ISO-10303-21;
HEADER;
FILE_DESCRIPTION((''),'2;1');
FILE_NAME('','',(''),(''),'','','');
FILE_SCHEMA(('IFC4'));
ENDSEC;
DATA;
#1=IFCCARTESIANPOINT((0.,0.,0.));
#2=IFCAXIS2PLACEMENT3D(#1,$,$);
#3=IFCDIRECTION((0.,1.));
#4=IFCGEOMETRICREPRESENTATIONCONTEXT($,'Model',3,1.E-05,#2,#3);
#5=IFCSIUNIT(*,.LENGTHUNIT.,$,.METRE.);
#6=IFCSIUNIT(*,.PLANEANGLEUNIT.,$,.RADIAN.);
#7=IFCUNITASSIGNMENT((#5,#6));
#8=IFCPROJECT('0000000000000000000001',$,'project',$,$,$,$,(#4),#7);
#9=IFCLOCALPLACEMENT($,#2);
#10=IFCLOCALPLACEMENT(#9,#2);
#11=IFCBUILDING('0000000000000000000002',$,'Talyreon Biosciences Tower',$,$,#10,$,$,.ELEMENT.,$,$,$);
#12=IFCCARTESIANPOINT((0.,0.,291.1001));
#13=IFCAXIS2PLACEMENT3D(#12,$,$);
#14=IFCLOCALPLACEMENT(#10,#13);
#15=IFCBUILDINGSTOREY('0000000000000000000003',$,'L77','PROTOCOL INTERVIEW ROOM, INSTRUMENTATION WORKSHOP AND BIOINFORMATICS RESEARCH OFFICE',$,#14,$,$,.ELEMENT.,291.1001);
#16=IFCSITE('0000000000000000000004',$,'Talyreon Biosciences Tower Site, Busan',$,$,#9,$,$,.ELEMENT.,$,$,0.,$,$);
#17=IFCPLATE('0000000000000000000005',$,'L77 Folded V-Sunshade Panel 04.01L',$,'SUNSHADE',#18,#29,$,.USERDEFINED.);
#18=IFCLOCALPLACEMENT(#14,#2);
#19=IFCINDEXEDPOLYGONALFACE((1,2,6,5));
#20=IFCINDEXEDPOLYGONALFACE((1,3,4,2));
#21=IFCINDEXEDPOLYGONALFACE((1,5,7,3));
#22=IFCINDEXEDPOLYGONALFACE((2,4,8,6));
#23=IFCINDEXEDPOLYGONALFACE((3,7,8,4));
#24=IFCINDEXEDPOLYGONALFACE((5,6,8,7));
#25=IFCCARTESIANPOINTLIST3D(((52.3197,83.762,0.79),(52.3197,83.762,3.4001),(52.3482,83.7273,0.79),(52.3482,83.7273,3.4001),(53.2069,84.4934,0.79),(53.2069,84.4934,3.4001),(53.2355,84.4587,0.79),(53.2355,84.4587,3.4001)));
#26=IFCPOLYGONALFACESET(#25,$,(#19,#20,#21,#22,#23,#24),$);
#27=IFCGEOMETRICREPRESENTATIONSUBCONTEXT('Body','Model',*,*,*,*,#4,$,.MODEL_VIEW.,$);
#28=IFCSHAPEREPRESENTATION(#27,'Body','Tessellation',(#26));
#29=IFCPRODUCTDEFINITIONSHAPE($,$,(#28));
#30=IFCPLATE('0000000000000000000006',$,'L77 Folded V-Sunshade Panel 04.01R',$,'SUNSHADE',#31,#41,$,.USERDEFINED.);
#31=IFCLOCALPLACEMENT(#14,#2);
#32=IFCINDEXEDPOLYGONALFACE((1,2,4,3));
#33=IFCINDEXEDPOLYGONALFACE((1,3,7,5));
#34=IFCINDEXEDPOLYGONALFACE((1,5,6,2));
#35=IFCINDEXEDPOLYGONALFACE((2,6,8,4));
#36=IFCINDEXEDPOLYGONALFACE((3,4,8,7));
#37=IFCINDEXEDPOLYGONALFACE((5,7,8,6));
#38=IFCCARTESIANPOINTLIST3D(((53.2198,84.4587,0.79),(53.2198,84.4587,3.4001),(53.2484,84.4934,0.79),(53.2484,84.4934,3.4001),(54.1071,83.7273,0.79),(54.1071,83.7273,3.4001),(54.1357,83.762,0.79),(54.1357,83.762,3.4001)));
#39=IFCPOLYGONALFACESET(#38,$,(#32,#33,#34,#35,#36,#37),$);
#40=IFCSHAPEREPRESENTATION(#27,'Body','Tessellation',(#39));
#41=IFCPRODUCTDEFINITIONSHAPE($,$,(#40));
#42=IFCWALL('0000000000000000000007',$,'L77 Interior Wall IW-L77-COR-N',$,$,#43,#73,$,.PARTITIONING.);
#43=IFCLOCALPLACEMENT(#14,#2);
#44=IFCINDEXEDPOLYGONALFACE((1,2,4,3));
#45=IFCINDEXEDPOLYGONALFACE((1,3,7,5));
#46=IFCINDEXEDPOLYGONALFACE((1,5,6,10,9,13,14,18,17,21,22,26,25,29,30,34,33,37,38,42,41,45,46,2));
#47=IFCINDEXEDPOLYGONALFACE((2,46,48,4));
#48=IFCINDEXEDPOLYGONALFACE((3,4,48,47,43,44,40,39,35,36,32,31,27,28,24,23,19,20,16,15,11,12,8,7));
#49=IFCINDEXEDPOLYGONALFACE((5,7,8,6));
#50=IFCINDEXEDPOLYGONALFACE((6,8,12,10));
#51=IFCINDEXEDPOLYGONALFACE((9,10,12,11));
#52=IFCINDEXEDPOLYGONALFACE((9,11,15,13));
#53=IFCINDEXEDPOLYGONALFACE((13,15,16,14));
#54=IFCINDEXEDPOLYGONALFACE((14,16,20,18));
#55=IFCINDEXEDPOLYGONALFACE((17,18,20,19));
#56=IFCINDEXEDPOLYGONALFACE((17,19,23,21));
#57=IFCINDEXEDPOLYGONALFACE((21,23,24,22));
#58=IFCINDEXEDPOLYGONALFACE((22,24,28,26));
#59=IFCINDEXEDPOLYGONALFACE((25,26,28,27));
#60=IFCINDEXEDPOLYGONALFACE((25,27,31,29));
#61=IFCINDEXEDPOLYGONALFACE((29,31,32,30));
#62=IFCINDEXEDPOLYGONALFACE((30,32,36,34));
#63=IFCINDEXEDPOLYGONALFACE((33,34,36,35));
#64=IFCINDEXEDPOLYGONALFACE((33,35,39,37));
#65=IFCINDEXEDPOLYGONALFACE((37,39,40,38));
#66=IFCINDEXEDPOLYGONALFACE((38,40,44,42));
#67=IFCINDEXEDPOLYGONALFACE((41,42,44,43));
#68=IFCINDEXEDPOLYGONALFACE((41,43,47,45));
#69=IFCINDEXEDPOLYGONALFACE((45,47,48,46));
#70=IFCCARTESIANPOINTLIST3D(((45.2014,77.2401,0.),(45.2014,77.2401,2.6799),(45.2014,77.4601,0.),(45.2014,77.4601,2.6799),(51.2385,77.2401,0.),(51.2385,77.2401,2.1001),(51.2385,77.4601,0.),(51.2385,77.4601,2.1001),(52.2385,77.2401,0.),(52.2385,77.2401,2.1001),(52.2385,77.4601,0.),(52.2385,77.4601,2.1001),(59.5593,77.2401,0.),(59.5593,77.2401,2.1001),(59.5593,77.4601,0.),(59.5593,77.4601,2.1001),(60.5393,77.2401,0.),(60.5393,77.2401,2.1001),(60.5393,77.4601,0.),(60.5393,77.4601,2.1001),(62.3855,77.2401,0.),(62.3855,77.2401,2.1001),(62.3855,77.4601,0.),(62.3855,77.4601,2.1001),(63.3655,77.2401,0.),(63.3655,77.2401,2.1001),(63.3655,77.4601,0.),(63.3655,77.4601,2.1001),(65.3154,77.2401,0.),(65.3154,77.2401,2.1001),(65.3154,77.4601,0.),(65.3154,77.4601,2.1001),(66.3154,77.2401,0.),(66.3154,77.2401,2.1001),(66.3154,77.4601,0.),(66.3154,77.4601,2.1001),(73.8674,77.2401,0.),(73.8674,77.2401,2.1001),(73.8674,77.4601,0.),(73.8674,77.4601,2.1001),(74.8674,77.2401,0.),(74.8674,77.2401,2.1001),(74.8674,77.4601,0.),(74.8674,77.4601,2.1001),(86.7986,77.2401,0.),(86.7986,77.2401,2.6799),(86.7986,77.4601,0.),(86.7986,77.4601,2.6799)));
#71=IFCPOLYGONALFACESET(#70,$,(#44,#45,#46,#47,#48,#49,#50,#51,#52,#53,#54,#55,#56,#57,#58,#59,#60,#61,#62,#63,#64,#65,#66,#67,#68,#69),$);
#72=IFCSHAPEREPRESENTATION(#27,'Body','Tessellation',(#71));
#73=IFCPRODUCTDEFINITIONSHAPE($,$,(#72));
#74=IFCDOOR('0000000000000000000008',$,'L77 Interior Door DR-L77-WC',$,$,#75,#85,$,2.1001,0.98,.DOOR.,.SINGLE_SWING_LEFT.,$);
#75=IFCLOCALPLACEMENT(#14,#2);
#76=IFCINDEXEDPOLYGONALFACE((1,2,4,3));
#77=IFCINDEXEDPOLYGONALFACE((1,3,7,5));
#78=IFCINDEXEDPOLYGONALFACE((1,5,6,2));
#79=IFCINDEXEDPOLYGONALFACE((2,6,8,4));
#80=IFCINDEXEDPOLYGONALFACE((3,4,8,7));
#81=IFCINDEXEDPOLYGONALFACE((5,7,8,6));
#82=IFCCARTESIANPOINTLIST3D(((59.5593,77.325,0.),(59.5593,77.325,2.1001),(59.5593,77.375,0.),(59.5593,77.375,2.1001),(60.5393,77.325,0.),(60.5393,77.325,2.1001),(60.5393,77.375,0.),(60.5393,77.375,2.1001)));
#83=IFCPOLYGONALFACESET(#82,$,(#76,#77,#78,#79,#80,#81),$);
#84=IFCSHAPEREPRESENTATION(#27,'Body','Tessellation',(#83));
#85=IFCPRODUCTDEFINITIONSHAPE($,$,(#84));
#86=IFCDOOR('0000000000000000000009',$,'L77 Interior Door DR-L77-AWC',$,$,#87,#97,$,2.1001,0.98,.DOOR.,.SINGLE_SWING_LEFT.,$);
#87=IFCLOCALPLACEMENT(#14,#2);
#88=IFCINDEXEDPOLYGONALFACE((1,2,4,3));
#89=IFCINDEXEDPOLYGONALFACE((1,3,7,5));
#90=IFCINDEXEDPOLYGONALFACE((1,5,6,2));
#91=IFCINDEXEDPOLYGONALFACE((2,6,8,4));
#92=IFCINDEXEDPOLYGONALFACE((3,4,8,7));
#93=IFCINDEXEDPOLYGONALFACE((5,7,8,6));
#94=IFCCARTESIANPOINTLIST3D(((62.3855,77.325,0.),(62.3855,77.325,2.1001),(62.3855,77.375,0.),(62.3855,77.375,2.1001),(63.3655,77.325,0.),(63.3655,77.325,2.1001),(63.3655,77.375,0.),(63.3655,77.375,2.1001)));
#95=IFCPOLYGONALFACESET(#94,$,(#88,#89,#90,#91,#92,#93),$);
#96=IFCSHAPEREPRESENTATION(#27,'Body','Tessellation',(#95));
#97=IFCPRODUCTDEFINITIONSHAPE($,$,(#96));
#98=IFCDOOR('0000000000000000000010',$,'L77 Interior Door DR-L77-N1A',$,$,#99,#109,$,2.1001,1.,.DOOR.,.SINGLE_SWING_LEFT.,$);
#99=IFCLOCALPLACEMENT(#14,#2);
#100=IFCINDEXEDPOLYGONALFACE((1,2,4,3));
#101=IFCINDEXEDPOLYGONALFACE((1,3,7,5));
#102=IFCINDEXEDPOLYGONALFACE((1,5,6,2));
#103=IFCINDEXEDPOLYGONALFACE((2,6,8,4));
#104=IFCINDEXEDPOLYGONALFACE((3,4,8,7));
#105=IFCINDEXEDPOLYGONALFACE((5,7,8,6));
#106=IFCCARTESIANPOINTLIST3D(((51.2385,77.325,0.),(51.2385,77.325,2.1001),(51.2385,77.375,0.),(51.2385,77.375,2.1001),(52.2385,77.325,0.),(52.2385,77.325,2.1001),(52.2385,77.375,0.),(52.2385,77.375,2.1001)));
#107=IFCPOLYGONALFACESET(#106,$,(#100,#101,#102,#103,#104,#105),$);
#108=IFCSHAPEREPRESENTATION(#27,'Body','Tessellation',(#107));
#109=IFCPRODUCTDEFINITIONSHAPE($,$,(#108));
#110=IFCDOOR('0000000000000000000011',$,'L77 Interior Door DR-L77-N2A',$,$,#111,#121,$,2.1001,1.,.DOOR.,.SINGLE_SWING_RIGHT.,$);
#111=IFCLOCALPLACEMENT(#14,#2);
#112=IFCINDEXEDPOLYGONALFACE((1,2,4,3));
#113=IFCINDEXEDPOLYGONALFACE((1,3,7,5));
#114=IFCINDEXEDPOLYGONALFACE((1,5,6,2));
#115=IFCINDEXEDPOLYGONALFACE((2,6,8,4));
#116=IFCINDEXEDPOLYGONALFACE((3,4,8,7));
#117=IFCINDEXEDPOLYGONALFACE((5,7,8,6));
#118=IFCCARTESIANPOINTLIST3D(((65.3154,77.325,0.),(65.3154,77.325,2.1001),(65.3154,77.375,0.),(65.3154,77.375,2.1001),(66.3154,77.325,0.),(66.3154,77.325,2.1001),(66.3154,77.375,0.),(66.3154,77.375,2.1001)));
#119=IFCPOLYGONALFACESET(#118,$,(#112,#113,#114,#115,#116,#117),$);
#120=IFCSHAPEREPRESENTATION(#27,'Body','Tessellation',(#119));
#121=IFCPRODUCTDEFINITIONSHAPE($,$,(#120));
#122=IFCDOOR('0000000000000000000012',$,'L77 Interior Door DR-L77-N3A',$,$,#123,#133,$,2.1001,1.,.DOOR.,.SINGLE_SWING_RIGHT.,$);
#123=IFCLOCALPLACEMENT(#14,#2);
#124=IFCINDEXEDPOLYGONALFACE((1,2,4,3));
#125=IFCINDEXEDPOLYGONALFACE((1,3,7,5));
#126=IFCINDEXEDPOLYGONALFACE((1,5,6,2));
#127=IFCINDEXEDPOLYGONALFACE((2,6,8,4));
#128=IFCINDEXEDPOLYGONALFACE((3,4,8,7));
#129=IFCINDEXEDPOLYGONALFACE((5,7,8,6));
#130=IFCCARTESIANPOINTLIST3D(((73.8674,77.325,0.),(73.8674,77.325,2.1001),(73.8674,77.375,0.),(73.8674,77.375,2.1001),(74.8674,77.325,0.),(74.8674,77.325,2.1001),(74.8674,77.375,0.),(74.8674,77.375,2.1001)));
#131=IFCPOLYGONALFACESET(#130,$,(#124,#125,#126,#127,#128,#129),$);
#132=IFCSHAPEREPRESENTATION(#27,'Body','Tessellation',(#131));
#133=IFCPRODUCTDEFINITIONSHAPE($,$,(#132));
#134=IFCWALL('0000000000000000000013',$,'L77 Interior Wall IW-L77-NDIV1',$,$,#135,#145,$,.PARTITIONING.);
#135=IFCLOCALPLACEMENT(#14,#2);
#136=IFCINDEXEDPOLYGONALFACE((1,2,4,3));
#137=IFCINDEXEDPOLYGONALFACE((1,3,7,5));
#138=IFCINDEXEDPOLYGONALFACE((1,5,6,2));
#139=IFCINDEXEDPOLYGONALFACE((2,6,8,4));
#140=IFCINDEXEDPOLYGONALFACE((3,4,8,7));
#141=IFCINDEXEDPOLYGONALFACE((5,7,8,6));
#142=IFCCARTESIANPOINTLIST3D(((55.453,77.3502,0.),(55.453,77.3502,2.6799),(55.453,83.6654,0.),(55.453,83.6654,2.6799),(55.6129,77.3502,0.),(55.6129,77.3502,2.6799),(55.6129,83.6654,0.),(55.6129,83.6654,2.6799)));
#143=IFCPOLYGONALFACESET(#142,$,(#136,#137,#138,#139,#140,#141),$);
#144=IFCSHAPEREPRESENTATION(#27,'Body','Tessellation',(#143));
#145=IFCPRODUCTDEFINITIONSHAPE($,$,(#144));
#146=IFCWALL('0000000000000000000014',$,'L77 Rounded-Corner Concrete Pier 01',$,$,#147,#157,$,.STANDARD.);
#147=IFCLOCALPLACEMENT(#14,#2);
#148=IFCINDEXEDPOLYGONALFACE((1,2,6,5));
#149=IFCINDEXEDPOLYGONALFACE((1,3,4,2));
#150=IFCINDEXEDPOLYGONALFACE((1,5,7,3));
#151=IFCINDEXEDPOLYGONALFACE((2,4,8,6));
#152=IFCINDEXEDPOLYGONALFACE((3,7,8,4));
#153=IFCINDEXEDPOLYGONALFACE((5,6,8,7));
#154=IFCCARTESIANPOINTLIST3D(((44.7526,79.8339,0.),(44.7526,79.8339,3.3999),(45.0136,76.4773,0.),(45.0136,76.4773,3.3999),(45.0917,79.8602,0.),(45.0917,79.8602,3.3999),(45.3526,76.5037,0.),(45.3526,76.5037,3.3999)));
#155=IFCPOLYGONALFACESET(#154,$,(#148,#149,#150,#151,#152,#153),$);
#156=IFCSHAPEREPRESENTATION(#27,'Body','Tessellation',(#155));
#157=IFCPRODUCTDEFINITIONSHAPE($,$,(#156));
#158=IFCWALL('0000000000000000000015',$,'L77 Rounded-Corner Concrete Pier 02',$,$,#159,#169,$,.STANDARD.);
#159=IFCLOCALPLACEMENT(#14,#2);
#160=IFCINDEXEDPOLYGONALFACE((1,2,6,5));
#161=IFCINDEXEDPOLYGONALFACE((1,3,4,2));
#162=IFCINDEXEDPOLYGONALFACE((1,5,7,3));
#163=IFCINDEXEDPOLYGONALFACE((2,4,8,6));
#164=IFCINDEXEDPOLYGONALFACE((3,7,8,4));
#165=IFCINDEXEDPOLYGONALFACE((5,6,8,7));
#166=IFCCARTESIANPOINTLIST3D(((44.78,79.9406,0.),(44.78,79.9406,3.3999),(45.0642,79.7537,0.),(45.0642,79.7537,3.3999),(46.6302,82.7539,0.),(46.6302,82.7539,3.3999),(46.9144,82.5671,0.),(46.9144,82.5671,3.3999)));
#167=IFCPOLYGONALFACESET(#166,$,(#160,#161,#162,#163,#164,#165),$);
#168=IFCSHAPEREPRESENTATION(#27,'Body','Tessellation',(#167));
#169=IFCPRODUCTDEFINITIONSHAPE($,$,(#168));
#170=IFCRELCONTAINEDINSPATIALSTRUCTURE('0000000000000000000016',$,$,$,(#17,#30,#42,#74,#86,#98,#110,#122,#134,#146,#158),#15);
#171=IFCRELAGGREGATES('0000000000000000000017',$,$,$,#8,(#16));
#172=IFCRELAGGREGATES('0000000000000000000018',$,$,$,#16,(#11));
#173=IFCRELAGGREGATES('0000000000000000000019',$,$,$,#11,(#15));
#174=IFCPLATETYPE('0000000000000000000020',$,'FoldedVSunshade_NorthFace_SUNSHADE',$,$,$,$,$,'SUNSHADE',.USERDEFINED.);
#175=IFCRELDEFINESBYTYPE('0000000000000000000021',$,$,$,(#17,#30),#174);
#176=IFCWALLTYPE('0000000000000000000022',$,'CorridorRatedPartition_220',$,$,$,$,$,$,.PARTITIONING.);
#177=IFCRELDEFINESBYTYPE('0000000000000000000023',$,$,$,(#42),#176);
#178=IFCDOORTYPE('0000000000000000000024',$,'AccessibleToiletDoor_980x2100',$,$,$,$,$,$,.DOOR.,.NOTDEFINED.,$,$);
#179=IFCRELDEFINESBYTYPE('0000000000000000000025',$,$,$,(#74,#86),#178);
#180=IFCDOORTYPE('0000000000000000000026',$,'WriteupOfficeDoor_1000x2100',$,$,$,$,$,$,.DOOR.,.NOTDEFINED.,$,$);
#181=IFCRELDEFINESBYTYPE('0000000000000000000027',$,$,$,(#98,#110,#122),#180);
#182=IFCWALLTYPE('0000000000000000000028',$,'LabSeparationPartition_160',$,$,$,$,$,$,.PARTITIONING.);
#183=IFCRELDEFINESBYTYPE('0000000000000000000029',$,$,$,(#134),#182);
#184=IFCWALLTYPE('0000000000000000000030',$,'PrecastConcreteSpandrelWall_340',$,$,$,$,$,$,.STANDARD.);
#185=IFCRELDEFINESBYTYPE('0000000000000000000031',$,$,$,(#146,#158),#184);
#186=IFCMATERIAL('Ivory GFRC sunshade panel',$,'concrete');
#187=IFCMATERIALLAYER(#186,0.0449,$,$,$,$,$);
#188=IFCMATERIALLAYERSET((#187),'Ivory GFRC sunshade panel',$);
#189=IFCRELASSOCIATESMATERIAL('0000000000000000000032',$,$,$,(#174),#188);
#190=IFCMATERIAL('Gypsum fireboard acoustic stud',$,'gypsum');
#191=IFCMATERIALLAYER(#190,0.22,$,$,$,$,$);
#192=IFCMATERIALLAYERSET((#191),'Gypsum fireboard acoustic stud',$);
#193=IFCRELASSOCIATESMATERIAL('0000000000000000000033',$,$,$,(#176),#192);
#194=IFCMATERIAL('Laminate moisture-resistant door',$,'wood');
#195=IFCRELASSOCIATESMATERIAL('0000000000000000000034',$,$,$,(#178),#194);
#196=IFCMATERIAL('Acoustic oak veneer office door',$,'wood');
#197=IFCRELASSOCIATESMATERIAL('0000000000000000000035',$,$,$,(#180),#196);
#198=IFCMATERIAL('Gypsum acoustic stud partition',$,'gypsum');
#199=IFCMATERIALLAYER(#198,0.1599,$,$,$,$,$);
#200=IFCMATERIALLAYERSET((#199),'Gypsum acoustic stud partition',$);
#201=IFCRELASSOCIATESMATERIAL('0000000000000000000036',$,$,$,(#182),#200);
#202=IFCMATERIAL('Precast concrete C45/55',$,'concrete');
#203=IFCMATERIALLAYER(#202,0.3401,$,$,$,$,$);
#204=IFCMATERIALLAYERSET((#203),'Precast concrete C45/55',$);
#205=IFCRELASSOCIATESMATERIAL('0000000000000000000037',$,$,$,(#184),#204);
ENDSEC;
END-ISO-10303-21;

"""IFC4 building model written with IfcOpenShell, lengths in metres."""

from ifc_helpers import new_model, si_unit, direction, frame, frame_2d, origin, origin_2d, place, context, subcontext, project, spatial, rectangle, extrude, material, layer, layer_set, type_object, element, fill, save


model = new_model("IFC4")

# Units and contexts
model_context = context("Model", 3, precision=1e-05, world=origin(), true_north=direction((0.0, 1.0)))
body_context = subcontext(model_context, "Body", "Model", "MODEL_VIEW")
ifc_project = project(units=[si_unit("LENGTHUNIT", "METRE"), si_unit("PLANEANGLEUNIT", "RADIAN")], contexts=[model_context])

# Site, building, storey
site_placement = place(None, origin())
site = spatial("IfcSite", under=ifc_project, at=site_placement, Name="Talyreon Biosciences Tower Site, Busan", CompositionType="ELEMENT", RefElevation=0.0)
building_placement = place(site_placement, origin())
building = spatial("IfcBuilding", under=site, at=building_placement, Name="Talyreon Biosciences Tower", CompositionType="ELEMENT")
storey_placement = place(building_placement, frame((0.0, 0.0, 291.1001)))
storey = spatial("IfcBuildingStorey", under=building, at=storey_placement, Name="L77", Description="PROTOCOL INTERVIEW ROOM, INSTRUMENTATION WORKSHOP AND BIOINFORMATICS RESEARCH OFFICE", CompositionType="ELEMENT", Elevation=291.1001)

# Shared definitions
ifc_material_1 = material(Name="Precast concrete C45/55", Category="concrete")

# Plates
ifc_material_2 = material(Name="Ivory GFRC sunshade panel", Category="concrete")
ifc_layer_1 = layer(ifc_material_2, 0.0449)
ifc_layer_set_1 = layer_set([ifc_layer_1], Name="Ivory GFRC sunshade panel")
plate_type_1 = type_object("IfcPlateType", Name="FoldedVSunshade_NorthFace_SUNSHADE", ElementType="SUNSHADE", PredefinedType="USERDEFINED", material=ifc_layer_set_1)
for number, where, z_axis, x_axis, name in (
    (1, (52.7776, 84.1104, 0.79), (0.0, 0.0, 1.0), (0.771625, 0.636078, 0.0), "L77 Folded V-Sunshade Panel 04.01L"),
    (2, (53.6777, 84.1104, 0.79), (0.0, 0.0, 1.0), (0.771625, -0.636078, 0.0), "L77 Folded V-Sunshade Panel 04.01R"),
):
    element("IfcPlate", number, at=place(storey_placement, frame(where, z_axis=z_axis, x_axis=x_axis)), inside=storey, type_object=plate_type_1, Name=name, ObjectType="SUNSHADE", PredefinedType="USERDEFINED", context=body_context, shape_type="SweptSolid", body=[
        extrude(rectangle(XDim=1.1499, YDim=0.0449, at=origin_2d()), origin(), (0.0, 0.0, 1.0), 2.6101),
    ])

# Wall, openings, doors
ifc_material_3 = material(Name="Gypsum fireboard acoustic stud", Category="gypsum")
ifc_layer_2 = layer(ifc_material_3, 0.22)
ifc_layer_set_2 = layer_set([ifc_layer_2], Name="Gypsum fireboard acoustic stud")
wall_type_1 = type_object("IfcWallType", Name="CorridorRatedPartition_220", PredefinedType="PARTITIONING", material=ifc_layer_set_2)
wall_1_placement = place(storey_placement, frame((45.2014, 77.3501, 0.0), z_axis=(0.0, 0.0, 1.0), x_axis=(1.0, 0.0, 0.0)))
wall_1 = element("IfcWall", 3, at=wall_1_placement, inside=storey, type_object=wall_type_1, Name="L77 Interior Wall IW-L77-COR-N", PredefinedType="PARTITIONING", context=body_context, shape_type="SweptSolid", body=[
    extrude(rectangle(XDim=41.5972, YDim=0.22, at=frame_2d((20.7986, 0.0))), origin(), (0.0, 0.0, 1.0), 2.6799),
])
opening_1_placement = place(wall_1_placement, frame((14.3579, 0.0, 0.0)))
opening_1 = element("IfcOpeningElement", 4, at=opening_1_placement, cuts=wall_1, PredefinedType="OPENING", context=body_context, shape_type="SweptSolid", body=[
    extrude(rectangle(XDim=0.98, YDim=2.1001, at=frame_2d((0.49, 1.05))), frame((0.0, 0.1199, 0.0), z_axis=(0.0, -1.0, 0.0), x_axis=(1.0, 0.0, 0.0)), (0.0, 0.0, 1.0), 0.24),
])
opening_2_placement = place(wall_1_placement, frame((17.1841, 0.0, 0.0)))
opening_2 = element("IfcOpeningElement", 5, at=opening_2_placement, cuts=wall_1, PredefinedType="OPENING", context=body_context, shape_type="SweptSolid", body=[
    extrude(rectangle(XDim=0.98, YDim=2.1001, at=frame_2d((0.49, 1.05))), frame((0.0, 0.1199, 0.0), z_axis=(0.0, -1.0, 0.0), x_axis=(1.0, 0.0, 0.0)), (0.0, 0.0, 1.0), 0.24),
])
opening_3_placement = place(wall_1_placement, frame((6.0371, 0.0, 0.0)))
opening_3 = element("IfcOpeningElement", 6, at=opening_3_placement, cuts=wall_1, PredefinedType="OPENING", context=body_context, shape_type="SweptSolid", body=[
    extrude(rectangle(XDim=1.0, YDim=2.1001, at=frame_2d((0.5, 1.05))), frame((0.0, 0.1199, 0.0), z_axis=(0.0, -1.0, 0.0), x_axis=(1.0, 0.0, 0.0)), (0.0, 0.0, 1.0), 0.24),
])
opening_4_placement = place(wall_1_placement, frame((20.114, 0.0, 0.0)))
opening_4 = element("IfcOpeningElement", 7, at=opening_4_placement, cuts=wall_1, PredefinedType="OPENING", context=body_context, shape_type="SweptSolid", body=[
    extrude(rectangle(XDim=1.0, YDim=2.1001, at=frame_2d((0.5, 1.05))), frame((0.0, 0.1199, 0.0), z_axis=(0.0, -1.0, 0.0), x_axis=(1.0, 0.0, 0.0)), (0.0, 0.0, 1.0), 0.24),
])
opening_5_placement = place(wall_1_placement, frame((28.666, 0.0, 0.0)))
opening_5 = element("IfcOpeningElement", 8, at=opening_5_placement, cuts=wall_1, PredefinedType="OPENING", context=body_context, shape_type="SweptSolid", body=[
    extrude(rectangle(XDim=1.0, YDim=2.1001, at=frame_2d((0.5, 1.05))), frame((0.0, 0.1199, 0.0), z_axis=(0.0, -1.0, 0.0), x_axis=(1.0, 0.0, 0.0)), (0.0, 0.0, 1.0), 0.24),
])
ifc_material_4 = material(Name="Laminate moisture-resistant door", Category="wood")
door_type_1 = type_object("IfcDoorType", Name="AccessibleToiletDoor_980x2100", OperationType="NOTDEFINED", PredefinedType="DOOR", material=ifc_material_4)
door_1_placement = place(opening_1_placement, origin())
door_1 = element("IfcDoor", 9, at=door_1_placement, inside=storey, type_object=door_type_1, Name="L77 Interior Door DR-L77-WC", OperationType="SINGLE_SWING_LEFT", OverallHeight=2.1001, OverallWidth=0.98, PredefinedType="DOOR", context=body_context, shape_type="SweptSolid", body=[
    extrude(rectangle(XDim=0.98, YDim=2.1001, at=frame_2d((0.49, 1.05))), frame((0.0, 0.0249, 0.0), z_axis=(0.0, -1.0, 0.0), x_axis=(1.0, 0.0, 0.0)), (0.0, 0.0, 1.0), 0.05),
])
fill(opening_1, door_1)
door_2_placement = place(opening_2_placement, origin())
door_2 = element("IfcDoor", 10, at=door_2_placement, inside=storey, type_object=door_type_1, Name="L77 Interior Door DR-L77-AWC", OperationType="SINGLE_SWING_LEFT", OverallHeight=2.1001, OverallWidth=0.98, PredefinedType="DOOR", context=body_context, shape_type="SweptSolid", body=[
    extrude(rectangle(XDim=0.98, YDim=2.1001, at=frame_2d((0.49, 1.05))), frame((0.0, 0.0249, 0.0), z_axis=(0.0, -1.0, 0.0), x_axis=(1.0, 0.0, 0.0)), (0.0, 0.0, 1.0), 0.05),
])
fill(opening_2, door_2)
ifc_material_5 = material(Name="Acoustic oak veneer office door", Category="wood")
door_type_2 = type_object("IfcDoorType", Name="WriteupOfficeDoor_1000x2100", OperationType="NOTDEFINED", PredefinedType="DOOR", material=ifc_material_5)
door_3_placement = place(opening_3_placement, origin())
door_3 = element("IfcDoor", 11, at=door_3_placement, inside=storey, type_object=door_type_2, Name="L77 Interior Door DR-L77-N1A", OperationType="SINGLE_SWING_LEFT", OverallHeight=2.1001, OverallWidth=1.0, PredefinedType="DOOR", context=body_context, shape_type="SweptSolid", body=[
    extrude(rectangle(XDim=1.0, YDim=2.1001, at=frame_2d((0.5, 1.05))), frame((0.0, 0.0249, 0.0), z_axis=(0.0, -1.0, 0.0), x_axis=(1.0, 0.0, 0.0)), (0.0, 0.0, 1.0), 0.05),
])
fill(opening_3, door_3)
door_4_placement = place(opening_4_placement, origin())
door_4 = element("IfcDoor", 12, at=door_4_placement, inside=storey, type_object=door_type_2, Name="L77 Interior Door DR-L77-N2A", OperationType="SINGLE_SWING_RIGHT", OverallHeight=2.1001, OverallWidth=1.0, PredefinedType="DOOR", context=body_context, shape_type="SweptSolid", body=[
    extrude(rectangle(XDim=1.0, YDim=2.1001, at=frame_2d((0.5, 1.05))), frame((0.0, 0.0249, 0.0), z_axis=(0.0, -1.0, 0.0), x_axis=(1.0, 0.0, 0.0)), (0.0, 0.0, 1.0), 0.05),
])
fill(opening_4, door_4)
door_5_placement = place(opening_5_placement, origin())
door_5 = element("IfcDoor", 13, at=door_5_placement, inside=storey, type_object=door_type_2, Name="L77 Interior Door DR-L77-N3A", OperationType="SINGLE_SWING_RIGHT", OverallHeight=2.1001, OverallWidth=1.0, PredefinedType="DOOR", context=body_context, shape_type="SweptSolid", body=[
    extrude(rectangle(XDim=1.0, YDim=2.1001, at=frame_2d((0.5, 1.05))), frame((0.0, 0.0249, 0.0), z_axis=(0.0, -1.0, 0.0), x_axis=(1.0, 0.0, 0.0)), (0.0, 0.0, 1.0), 0.05),
])
fill(opening_5, door_5)

# Walls
ifc_material_6 = material(Name="Gypsum acoustic stud partition", Category="gypsum")
ifc_layer_3 = layer(ifc_material_6, 0.1599)
ifc_layer_set_3 = layer_set([ifc_layer_3], Name="Gypsum acoustic stud partition")
wall_type_2 = type_object("IfcWallType", Name="LabSeparationPartition_160", PredefinedType="PARTITIONING", material=ifc_layer_set_3)
wall_2_placement = place(storey_placement, frame((55.533, 77.3501, 0.0), z_axis=(0.0, 0.0, 1.0), x_axis=(0.0, 1.0, 0.0)))
element("IfcWall", 14, at=wall_2_placement, inside=storey, type_object=wall_type_2, Name="L77 Interior Wall IW-L77-NDIV1", PredefinedType="PARTITIONING", context=body_context, shape_type="SweptSolid", body=[
    extrude(rectangle(XDim=6.3152, YDim=0.1599, at=frame_2d((3.1577, 0.0))), origin(), (0.0, 0.0, 1.0), 2.6799),
])
ifc_layer_4 = layer(ifc_material_1, 0.3401)
ifc_layer_set_4 = layer_set([ifc_layer_4], Name="Precast concrete C45/55")
wall_type_3 = type_object("IfcWallType", Name="PrecastConcreteSpandrelWall_340", PredefinedType="STANDARD", material=ifc_layer_set_4)
wall_3_placement = place(storey_placement, frame((45.1831, 76.4905, 0.0), z_axis=(0.0, 0.0, 1.0), x_axis=(-0.077517, 0.996991, 0.0)))
element("IfcWall", 15, at=wall_3_placement, inside=storey, type_object=wall_type_3, Name="L77 Rounded-Corner Concrete Pier 01", PredefinedType="STANDARD", context=body_context, shape_type="SweptSolid", body=[
    extrude(rectangle(XDim=3.3667, YDim=0.3401, at=frame_2d((1.6833, 0.0))), origin(), (0.0, 0.0, 1.0), 3.3999),
])
wall_4_placement = place(storey_placement, frame((44.9221, 79.8472, 0.0), z_axis=(0.0, 0.0, 1.0), x_axis=(0.549469, 0.835514, 0.0)))
element("IfcWall", 16, at=wall_4_placement, inside=storey, type_object=wall_type_3, Name="L77 Rounded-Corner Concrete Pier 02", PredefinedType="STANDARD", context=body_context, shape_type="SweptSolid", body=[
    extrude(rectangle(XDim=3.3672, YDim=0.3401, at=frame_2d((1.6836, 0.0))), origin(), (0.0, 0.0, 1.0), 3.3999),
])

save(model, "model.ifc")
